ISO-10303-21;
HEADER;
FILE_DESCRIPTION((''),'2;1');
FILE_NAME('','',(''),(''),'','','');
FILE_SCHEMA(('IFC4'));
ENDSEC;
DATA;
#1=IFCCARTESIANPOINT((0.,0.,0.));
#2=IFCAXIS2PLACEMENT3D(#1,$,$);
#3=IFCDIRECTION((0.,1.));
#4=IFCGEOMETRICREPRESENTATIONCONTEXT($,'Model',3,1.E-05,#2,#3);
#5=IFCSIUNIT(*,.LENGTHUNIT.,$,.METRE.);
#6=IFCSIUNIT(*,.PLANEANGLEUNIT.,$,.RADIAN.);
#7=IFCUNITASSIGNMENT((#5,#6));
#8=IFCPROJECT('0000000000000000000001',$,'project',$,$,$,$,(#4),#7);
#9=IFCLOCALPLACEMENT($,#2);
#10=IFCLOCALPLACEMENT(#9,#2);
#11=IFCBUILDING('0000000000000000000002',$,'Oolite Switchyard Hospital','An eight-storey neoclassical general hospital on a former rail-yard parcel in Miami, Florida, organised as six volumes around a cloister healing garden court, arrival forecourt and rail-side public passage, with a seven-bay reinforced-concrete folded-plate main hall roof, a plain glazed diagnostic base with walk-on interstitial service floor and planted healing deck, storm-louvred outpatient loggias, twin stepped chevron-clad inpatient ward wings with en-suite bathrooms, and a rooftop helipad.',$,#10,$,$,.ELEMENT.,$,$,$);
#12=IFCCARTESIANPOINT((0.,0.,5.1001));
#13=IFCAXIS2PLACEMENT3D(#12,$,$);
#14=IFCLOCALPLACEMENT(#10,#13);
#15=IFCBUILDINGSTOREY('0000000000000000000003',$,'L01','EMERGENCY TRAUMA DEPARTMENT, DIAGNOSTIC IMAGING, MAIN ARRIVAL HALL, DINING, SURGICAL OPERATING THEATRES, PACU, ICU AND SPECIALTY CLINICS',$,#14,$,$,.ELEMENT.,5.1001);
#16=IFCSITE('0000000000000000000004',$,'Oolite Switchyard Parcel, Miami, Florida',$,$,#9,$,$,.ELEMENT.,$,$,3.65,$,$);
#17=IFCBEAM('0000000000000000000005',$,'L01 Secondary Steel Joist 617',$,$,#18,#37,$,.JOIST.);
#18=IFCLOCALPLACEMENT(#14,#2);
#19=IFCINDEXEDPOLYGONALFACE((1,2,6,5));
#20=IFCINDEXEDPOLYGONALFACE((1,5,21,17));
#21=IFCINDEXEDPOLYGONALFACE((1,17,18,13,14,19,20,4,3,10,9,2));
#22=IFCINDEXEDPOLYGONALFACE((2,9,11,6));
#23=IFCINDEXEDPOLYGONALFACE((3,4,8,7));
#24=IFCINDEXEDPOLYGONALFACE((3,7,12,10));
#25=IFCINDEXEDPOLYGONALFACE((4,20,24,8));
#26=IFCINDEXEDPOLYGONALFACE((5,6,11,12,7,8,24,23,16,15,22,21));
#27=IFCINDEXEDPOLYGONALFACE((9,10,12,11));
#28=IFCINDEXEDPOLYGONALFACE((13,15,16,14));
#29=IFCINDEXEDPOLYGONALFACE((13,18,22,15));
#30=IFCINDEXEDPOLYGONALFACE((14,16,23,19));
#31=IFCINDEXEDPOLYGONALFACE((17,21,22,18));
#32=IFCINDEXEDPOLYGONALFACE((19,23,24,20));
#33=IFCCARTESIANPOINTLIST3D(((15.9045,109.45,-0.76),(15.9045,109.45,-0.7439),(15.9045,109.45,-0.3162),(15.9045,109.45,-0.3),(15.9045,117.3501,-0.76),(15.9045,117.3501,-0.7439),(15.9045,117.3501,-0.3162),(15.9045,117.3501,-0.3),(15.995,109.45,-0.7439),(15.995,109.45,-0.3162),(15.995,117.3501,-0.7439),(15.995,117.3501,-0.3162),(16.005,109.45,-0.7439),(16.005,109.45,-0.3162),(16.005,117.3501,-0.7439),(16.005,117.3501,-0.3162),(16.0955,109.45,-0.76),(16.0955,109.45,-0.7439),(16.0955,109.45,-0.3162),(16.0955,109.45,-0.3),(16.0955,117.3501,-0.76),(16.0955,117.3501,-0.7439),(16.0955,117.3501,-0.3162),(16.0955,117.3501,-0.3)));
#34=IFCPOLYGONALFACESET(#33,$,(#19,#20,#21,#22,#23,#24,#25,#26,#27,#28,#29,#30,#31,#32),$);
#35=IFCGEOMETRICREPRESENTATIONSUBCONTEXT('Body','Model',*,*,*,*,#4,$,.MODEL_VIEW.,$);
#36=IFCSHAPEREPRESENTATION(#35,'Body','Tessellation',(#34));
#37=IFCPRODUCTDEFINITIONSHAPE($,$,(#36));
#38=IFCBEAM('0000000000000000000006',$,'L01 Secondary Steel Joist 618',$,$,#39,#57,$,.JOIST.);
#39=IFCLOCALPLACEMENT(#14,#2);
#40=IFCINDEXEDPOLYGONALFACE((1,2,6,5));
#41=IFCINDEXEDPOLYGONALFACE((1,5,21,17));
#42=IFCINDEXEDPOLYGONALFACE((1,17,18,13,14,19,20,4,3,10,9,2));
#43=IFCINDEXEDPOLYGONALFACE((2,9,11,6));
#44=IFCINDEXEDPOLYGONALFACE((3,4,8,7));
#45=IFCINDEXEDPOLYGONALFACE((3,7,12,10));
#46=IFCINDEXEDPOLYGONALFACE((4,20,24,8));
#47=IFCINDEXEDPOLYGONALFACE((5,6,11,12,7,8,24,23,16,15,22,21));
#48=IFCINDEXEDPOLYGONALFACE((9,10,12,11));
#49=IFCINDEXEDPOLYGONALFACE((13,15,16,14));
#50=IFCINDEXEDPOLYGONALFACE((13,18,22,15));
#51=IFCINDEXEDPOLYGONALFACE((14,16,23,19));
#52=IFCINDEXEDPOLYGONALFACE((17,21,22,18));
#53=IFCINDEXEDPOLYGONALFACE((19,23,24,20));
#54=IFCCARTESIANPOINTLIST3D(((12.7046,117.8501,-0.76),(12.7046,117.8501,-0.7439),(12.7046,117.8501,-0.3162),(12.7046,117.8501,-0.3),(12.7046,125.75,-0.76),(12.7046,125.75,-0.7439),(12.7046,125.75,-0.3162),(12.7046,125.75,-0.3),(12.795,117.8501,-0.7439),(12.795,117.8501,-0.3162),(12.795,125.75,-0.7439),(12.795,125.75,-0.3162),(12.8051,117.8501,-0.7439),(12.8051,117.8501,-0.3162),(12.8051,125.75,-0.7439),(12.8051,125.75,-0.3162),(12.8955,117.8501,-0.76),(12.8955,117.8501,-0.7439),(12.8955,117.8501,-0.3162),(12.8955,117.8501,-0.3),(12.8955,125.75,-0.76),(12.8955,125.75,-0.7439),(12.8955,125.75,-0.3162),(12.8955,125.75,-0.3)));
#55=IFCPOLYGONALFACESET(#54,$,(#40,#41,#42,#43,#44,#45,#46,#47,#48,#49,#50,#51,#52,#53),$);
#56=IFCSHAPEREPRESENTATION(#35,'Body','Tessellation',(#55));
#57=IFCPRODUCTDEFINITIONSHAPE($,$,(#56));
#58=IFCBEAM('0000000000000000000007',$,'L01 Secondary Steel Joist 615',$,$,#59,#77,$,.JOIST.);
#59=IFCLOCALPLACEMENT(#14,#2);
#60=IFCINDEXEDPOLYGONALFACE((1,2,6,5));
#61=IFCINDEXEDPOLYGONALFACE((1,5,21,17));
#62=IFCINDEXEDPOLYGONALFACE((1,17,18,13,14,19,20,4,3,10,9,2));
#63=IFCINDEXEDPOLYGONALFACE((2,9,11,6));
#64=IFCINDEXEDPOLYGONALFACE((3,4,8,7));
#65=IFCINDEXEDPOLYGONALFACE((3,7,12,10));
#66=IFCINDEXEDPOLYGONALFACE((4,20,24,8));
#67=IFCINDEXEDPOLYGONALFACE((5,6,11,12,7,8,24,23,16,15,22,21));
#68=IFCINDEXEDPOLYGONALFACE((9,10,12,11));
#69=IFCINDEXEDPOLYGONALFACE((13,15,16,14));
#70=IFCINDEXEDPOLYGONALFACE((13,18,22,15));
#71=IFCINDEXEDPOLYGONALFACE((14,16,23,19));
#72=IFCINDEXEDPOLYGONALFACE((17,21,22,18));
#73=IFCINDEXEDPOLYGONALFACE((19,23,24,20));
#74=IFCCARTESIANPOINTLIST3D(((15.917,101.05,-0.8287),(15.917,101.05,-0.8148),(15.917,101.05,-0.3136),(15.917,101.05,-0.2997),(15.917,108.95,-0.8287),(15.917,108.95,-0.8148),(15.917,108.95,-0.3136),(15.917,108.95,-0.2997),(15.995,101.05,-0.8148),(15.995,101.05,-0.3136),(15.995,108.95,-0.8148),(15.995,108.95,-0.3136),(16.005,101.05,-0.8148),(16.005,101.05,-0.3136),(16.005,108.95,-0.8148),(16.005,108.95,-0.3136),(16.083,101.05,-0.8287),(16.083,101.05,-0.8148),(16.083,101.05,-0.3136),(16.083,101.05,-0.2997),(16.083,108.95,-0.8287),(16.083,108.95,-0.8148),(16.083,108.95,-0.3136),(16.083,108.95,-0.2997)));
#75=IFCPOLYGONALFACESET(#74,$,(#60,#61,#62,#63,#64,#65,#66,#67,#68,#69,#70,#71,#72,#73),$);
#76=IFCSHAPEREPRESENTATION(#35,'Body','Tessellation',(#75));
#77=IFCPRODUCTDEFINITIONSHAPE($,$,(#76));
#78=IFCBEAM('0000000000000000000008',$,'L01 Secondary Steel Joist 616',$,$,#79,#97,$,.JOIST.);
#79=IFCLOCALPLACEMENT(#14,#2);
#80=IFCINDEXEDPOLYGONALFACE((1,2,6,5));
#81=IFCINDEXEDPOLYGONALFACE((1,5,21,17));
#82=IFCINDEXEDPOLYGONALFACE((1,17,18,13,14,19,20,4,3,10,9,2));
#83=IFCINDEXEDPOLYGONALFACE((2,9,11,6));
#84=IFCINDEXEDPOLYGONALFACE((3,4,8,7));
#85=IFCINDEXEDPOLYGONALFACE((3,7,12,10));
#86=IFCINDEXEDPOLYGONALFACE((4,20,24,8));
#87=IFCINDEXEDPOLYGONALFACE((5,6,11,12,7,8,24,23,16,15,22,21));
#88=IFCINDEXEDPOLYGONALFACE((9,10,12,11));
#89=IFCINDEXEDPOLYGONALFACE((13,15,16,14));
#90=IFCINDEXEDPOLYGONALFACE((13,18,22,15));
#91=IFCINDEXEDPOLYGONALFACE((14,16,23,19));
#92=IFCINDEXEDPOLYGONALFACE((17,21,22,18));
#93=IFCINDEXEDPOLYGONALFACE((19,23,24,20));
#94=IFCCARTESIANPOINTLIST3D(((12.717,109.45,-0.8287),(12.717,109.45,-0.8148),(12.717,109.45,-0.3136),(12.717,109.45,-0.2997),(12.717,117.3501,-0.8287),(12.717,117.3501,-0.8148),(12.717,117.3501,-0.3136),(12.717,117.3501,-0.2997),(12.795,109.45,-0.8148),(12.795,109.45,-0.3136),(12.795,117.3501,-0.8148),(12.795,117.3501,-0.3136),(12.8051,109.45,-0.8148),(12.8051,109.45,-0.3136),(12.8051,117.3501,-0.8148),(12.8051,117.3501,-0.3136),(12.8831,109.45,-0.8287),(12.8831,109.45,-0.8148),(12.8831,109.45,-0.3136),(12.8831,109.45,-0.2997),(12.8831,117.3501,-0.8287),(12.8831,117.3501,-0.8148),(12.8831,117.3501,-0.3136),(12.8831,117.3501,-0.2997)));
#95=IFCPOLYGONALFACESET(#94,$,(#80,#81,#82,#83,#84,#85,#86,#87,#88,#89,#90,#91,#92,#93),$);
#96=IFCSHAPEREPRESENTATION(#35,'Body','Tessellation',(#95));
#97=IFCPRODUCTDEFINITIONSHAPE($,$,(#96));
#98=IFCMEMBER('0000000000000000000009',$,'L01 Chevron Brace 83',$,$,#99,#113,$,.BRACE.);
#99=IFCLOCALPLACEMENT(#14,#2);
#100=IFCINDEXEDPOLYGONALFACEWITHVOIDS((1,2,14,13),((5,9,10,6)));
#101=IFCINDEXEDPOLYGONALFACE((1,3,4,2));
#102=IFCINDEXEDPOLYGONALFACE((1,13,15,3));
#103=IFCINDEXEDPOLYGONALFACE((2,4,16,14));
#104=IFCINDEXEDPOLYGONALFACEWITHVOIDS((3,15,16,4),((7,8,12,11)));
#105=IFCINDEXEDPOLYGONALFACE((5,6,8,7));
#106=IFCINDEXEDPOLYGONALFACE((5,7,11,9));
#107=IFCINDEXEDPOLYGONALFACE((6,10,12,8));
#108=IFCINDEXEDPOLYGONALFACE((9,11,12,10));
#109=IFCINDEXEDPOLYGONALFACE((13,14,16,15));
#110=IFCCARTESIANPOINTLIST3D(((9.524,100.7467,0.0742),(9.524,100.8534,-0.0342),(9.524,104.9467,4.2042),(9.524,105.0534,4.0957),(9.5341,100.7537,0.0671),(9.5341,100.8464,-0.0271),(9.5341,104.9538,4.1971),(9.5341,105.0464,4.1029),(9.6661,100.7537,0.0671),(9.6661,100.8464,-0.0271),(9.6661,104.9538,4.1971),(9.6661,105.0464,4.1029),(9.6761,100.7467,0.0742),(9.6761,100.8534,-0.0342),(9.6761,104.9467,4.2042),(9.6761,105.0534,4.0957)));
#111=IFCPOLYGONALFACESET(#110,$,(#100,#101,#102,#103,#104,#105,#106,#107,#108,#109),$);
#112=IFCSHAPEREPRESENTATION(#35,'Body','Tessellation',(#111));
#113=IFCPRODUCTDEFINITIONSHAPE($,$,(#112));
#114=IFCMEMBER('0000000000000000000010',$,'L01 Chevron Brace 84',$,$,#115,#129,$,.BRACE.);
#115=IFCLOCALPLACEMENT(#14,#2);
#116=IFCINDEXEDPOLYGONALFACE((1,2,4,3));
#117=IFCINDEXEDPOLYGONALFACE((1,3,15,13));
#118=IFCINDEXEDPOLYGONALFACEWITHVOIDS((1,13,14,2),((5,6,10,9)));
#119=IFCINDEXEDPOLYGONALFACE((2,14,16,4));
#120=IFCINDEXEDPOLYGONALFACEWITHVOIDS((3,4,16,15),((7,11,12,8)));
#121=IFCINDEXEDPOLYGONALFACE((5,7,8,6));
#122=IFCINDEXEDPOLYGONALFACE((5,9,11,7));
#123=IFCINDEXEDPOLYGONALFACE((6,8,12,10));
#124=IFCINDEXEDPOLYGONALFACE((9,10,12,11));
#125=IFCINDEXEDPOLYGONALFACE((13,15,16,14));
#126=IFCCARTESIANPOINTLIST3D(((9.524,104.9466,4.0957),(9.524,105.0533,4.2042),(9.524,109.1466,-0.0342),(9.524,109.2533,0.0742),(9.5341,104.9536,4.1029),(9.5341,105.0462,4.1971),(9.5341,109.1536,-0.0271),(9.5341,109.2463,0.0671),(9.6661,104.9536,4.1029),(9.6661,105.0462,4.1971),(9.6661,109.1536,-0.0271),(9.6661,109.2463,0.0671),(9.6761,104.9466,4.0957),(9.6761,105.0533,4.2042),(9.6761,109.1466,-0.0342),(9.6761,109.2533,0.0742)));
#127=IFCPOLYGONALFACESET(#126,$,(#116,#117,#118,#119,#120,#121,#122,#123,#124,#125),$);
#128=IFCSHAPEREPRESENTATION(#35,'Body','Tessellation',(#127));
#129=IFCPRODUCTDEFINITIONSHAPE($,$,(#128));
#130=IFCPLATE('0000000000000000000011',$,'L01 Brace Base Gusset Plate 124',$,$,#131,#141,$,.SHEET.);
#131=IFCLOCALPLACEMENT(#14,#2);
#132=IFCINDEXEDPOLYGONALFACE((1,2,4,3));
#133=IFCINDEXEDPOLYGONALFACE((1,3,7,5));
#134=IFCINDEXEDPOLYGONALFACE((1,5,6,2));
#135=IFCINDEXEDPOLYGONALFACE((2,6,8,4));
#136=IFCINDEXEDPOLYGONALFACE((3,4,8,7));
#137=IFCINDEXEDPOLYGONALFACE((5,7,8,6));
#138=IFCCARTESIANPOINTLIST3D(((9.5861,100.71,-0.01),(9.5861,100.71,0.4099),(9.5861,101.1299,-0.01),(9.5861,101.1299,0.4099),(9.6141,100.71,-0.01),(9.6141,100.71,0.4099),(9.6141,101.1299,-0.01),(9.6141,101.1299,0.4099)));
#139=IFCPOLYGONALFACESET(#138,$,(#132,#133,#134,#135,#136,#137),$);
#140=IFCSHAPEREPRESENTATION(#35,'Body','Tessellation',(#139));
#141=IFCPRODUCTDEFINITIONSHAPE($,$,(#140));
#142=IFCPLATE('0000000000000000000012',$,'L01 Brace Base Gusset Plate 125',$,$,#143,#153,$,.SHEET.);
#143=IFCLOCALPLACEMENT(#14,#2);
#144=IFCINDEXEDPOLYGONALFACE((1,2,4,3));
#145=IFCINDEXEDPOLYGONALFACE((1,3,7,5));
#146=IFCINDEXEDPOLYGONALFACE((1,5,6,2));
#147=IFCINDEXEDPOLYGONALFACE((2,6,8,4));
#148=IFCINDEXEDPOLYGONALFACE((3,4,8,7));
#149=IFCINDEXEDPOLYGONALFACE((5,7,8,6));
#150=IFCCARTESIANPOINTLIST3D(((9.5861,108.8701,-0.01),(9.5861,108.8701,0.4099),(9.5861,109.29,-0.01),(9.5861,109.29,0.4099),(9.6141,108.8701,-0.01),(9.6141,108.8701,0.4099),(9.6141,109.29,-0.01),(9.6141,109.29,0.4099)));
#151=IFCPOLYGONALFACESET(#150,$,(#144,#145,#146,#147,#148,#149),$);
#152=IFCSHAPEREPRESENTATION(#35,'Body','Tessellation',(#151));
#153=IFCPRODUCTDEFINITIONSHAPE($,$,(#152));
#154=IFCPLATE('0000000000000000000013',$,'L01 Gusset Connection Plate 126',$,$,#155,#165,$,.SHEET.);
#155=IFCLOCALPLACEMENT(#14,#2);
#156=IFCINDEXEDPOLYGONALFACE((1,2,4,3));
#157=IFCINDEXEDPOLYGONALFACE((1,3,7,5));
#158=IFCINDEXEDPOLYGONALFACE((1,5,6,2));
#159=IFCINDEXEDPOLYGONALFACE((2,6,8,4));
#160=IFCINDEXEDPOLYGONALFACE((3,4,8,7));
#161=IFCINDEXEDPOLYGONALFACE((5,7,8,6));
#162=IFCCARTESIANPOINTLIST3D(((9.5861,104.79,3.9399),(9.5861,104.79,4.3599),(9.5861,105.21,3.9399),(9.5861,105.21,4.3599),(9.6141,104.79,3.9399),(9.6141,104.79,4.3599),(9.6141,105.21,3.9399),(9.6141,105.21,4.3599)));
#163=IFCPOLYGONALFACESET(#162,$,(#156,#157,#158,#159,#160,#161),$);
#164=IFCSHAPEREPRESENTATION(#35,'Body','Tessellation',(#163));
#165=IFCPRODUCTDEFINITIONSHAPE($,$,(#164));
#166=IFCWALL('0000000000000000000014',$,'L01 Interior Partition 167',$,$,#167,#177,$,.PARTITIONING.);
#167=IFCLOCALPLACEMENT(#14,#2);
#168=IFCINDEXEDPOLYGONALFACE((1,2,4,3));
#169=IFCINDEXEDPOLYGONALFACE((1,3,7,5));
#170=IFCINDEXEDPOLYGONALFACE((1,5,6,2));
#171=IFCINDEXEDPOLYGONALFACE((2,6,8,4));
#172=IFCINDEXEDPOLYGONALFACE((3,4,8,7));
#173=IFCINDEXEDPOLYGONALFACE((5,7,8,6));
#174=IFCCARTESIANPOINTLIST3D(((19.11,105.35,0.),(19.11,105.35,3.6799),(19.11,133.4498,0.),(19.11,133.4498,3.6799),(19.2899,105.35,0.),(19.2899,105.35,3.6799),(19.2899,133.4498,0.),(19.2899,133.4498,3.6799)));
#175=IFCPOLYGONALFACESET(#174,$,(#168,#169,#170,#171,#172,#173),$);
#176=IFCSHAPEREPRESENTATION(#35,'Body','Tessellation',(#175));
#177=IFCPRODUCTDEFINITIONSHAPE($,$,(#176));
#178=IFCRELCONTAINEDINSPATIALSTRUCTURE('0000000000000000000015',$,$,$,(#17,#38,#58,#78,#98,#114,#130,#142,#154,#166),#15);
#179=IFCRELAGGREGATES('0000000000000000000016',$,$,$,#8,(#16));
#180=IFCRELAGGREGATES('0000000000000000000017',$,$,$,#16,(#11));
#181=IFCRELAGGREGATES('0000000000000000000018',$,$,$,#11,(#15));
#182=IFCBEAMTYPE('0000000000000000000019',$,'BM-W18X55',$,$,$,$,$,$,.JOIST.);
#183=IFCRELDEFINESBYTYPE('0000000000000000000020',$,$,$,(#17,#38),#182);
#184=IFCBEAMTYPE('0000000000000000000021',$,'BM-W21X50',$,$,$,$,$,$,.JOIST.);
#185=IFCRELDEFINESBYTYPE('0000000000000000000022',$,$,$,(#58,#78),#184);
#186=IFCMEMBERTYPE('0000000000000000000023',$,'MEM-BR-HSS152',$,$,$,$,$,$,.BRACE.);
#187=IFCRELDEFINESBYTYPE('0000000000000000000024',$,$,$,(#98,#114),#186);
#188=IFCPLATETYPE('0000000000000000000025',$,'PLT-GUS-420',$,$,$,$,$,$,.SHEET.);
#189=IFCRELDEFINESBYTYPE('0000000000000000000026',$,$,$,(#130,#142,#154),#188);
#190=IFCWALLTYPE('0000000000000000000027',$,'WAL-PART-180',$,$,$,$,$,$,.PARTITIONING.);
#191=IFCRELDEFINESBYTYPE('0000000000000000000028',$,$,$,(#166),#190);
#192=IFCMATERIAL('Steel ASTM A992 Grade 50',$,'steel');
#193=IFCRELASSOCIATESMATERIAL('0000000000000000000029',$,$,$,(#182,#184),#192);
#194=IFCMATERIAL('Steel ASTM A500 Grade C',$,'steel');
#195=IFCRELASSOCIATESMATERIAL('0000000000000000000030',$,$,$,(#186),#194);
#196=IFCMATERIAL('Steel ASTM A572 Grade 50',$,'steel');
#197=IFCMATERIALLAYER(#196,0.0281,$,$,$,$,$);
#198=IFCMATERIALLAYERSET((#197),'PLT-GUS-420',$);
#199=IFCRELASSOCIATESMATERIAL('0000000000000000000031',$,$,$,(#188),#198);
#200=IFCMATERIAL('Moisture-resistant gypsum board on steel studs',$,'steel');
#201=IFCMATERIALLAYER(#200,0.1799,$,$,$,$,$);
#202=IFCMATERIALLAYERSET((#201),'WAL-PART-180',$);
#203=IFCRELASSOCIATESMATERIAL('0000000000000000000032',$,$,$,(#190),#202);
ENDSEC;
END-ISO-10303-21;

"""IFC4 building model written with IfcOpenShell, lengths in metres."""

from ifc_helpers import new_model, si_unit, direction, frame, frame_2d, origin, origin_2d, place, context, subcontext, project, spatial, rectangle, hollow_rectangle, i_section, extrude, material, layer, layer_set, material_profile, profile_set, type_object, element, save


model = new_model("IFC4")

# Units and contexts
model_context = context("Model", 3, precision=1e-05, world=origin(), true_north=direction((0.0, 1.0)))
body_context = subcontext(model_context, "Body", "Model", "MODEL_VIEW")
ifc_project = project(units=[si_unit("LENGTHUNIT", "METRE"), si_unit("PLANEANGLEUNIT", "RADIAN")], contexts=[model_context])

# Site, building, storey
site_placement = place(None, origin())
site = spatial("IfcSite", under=ifc_project, at=site_placement, Name="Oolite Switchyard Parcel, Miami, Florida", CompositionType="ELEMENT", RefElevation=3.65)
building_placement = place(site_placement, origin())
building = spatial("IfcBuilding", under=site, at=building_placement, Name="Oolite Switchyard Hospital", Description="An eight-storey neoclassical general hospital on a former rail-yard parcel in Miami, Florida, organised as six volumes around a cloister healing garden court, arrival forecourt and rail-side public passage, with a seven-bay reinforced-concrete folded-plate main hall roof, a plain glazed diagnostic base with walk-on interstitial service floor and planted healing deck, storm-louvred outpatient loggias, twin stepped chevron-clad inpatient ward wings with en-suite bathrooms, and a rooftop helipad.", CompositionType="ELEMENT")
storey_placement = place(building_placement, frame((0.0, 0.0, 5.1001)))
storey = spatial("IfcBuildingStorey", under=building, at=storey_placement, Name="L01", Description="EMERGENCY TRAUMA DEPARTMENT, DIAGNOSTIC IMAGING, MAIN ARRIVAL HALL, DINING, SURGICAL OPERATING THEATRES, PACU, ICU AND SPECIALTY CLINICS", CompositionType="ELEMENT", Elevation=5.1001)

# Beams
ifc_material_1 = material(Name="Steel ASTM A992 Grade 50", Category="steel")
ifc_material_profile_1 = material_profile(ifc_material_1, i_section(OverallWidth=0.1909, OverallDepth=0.46, WebThickness=0.01, FlangeThickness=0.0161, at=origin_2d()), Name="W18X55")
ifc_profile_set_1 = profile_set([ifc_material_profile_1], Name="Steel ASTM A992 Grade 50")
beam_type_1 = type_object("IfcBeamType", Name="BM-W18X55", PredefinedType="JOIST", material=ifc_profile_set_1)
beam_1_placement = place(storey_placement, frame((16.0, 109.45, -0.53), z_axis=(0.0, 1.0, 0.0), x_axis=(-1.0, 0.0, 0.0)))
element("IfcBeam", 1, at=beam_1_placement, inside=storey, type_object=beam_type_1, Name="L01 Secondary Steel Joist 617", PredefinedType="JOIST", context=body_context, shape_type="SweptSolid", body=[
    extrude(i_section(OverallWidth=0.1909, OverallDepth=0.46, WebThickness=0.01, FlangeThickness=0.0161, at=origin_2d()), origin(), (0.0, 0.0, 1.0), 7.9001),
])
beam_2_placement = place(storey_placement, frame((12.8, 117.8501, -0.53), z_axis=(0.0, 1.0, 0.0), x_axis=(-1.0, 0.0, 0.0)))
element("IfcBeam", 2, at=beam_2_placement, inside=storey, type_object=beam_type_1, Name="L01 Secondary Steel Joist 618", PredefinedType="JOIST", context=body_context, shape_type="SweptSolid", body=[
    extrude(i_section(OverallWidth=0.1909, OverallDepth=0.46, WebThickness=0.01, FlangeThickness=0.0161, at=origin_2d()), origin(), (0.0, 0.0, 1.0), 7.8999),
])
ifc_material_profile_2 = material_profile(ifc_material_1, i_section(OverallWidth=0.166, OverallDepth=0.5291, WebThickness=0.01, FlangeThickness=0.0139, at=origin_2d()), Name="W21X50")
ifc_profile_set_2 = profile_set([ifc_material_profile_2], Name="Steel ASTM A992 Grade 50")
beam_type_2 = type_object("IfcBeamType", Name="BM-W21X50", PredefinedType="JOIST", material=ifc_profile_set_2)
beam_3_placement = place(storey_placement, frame((16.0, 101.05, -0.5642), z_axis=(0.0, 1.0, 0.0), x_axis=(-1.0, 0.0, 0.0)))
element("IfcBeam", 3, at=beam_3_placement, inside=storey, type_object=beam_type_2, Name="L01 Secondary Steel Joist 615", PredefinedType="JOIST", context=body_context, shape_type="SweptSolid", body=[
    extrude(i_section(OverallWidth=0.166, OverallDepth=0.5291, WebThickness=0.01, FlangeThickness=0.0139, at=origin_2d()), origin(), (0.0, 0.0, 1.0), 7.8999),
])
beam_4_placement = place(storey_placement, frame((12.8, 109.45, -0.5642), z_axis=(0.0, 1.0, 0.0), x_axis=(-1.0, 0.0, 0.0)))
element("IfcBeam", 4, at=beam_4_placement, inside=storey, type_object=beam_type_2, Name="L01 Secondary Steel Joist 616", PredefinedType="JOIST", context=body_context, shape_type="SweptSolid", body=[
    extrude(i_section(OverallWidth=0.166, OverallDepth=0.5291, WebThickness=0.01, FlangeThickness=0.0139, at=origin_2d()), origin(), (0.0, 0.0, 1.0), 7.9001),
])

# Members
ifc_material_2 = material(Name="Steel ASTM A500 Grade C", Category="steel")
ifc_material_profile_3 = material_profile(ifc_material_2, hollow_rectangle(XDim=0.1521, YDim=0.1521, WallThickness=0.01, at=origin_2d()), Name="HSS152X152X10")
ifc_profile_set_3 = profile_set([ifc_material_profile_3], Name="Steel ASTM A500 Grade C")
member_type = type_object("IfcMemberType", Name="MEM-BR-HSS152", PredefinedType="BRACE", material=ifc_profile_set_3)
for number, where, z_axis, x_axis, name in (
    (5, (9.6001, 100.8, 0.02), (0.0, 0.71303, 0.701134), (-1.0, 0.0, 0.0), "L01 Chevron Brace 83"),
    (6, (9.6001, 109.2, 0.02), (0.0, -0.71303, 0.701134), (1.0, 0.0, 0.0), "L01 Chevron Brace 84"),
):
    element("IfcMember", number, at=place(storey_placement, frame(where, z_axis=z_axis, x_axis=x_axis)), inside=storey, type_object=member_type, Name=name, PredefinedType="BRACE", context=body_context, shape_type="SweptSolid", body=[
        extrude(hollow_rectangle(XDim=0.1521, YDim=0.1521, WallThickness=0.01, at=origin_2d()), origin(), (0.0, 0.0, 1.0), 5.8904),
    ])

# Plates
ifc_material_3 = material(Name="Steel ASTM A572 Grade 50", Category="steel")
ifc_layer_1 = layer(ifc_material_3, 0.0281)
ifc_layer_set_1 = layer_set([ifc_layer_1], Name="PLT-GUS-420")
plate_type = type_object("IfcPlateType", Name="PLT-GUS-420", PredefinedType="SHEET", material=ifc_layer_set_1)
for number, where, z_axis, x_axis, name in (
    (7, (9.6001, 100.9199, -0.01), (0.0, 0.0, 1.0), (0.0, 1.0, 0.0), "L01 Brace Base Gusset Plate 124"),
    (8, (9.6001, 109.0801, -0.01), (0.0, 0.0, 1.0), (0.0, 1.0, 0.0), "L01 Brace Base Gusset Plate 125"),
    (9, (9.6001, 105.0, 3.9399), (0.0, 0.0, 1.0), (0.0, 1.0, 0.0), "L01 Gusset Connection Plate 126"),
):
    element("IfcPlate", number, at=place(storey_placement, frame(where, z_axis=z_axis, x_axis=x_axis)), inside=storey, type_object=plate_type, Name=name, PredefinedType="SHEET", context=body_context, shape_type="SweptSolid", body=[
        extrude(rectangle(XDim=0.4199, YDim=0.0281, at=origin_2d()), origin(), (0.0, 0.0, 1.0), 0.4199),
    ])

# Wall
ifc_material_4 = material(Name="Moisture-resistant gypsum board on steel studs", Category="steel")
ifc_layer_2 = layer(ifc_material_4, 0.1799)
ifc_layer_set_2 = layer_set([ifc_layer_2], Name="WAL-PART-180")
wall_type_1 = type_object("IfcWallType", Name="WAL-PART-180", PredefinedType="PARTITIONING", material=ifc_layer_set_2)
wall_1_placement = place(storey_placement, frame((19.2, 105.3501, 0.0), z_axis=(0.0, 0.0, 1.0), x_axis=(0.0, 1.0, 0.0)))
element("IfcWall", 10, at=wall_1_placement, inside=storey, type_object=wall_type_1, Name="L01 Interior Partition 167", PredefinedType="PARTITIONING", context=body_context, shape_type="SweptSolid", body=[
    extrude(rectangle(XDim=28.0999, YDim=0.1799, at=frame_2d((14.0498, 0.0))), origin(), (0.0, 0.0, 1.0), 3.6799),
])

save(model, "model.ifc")
